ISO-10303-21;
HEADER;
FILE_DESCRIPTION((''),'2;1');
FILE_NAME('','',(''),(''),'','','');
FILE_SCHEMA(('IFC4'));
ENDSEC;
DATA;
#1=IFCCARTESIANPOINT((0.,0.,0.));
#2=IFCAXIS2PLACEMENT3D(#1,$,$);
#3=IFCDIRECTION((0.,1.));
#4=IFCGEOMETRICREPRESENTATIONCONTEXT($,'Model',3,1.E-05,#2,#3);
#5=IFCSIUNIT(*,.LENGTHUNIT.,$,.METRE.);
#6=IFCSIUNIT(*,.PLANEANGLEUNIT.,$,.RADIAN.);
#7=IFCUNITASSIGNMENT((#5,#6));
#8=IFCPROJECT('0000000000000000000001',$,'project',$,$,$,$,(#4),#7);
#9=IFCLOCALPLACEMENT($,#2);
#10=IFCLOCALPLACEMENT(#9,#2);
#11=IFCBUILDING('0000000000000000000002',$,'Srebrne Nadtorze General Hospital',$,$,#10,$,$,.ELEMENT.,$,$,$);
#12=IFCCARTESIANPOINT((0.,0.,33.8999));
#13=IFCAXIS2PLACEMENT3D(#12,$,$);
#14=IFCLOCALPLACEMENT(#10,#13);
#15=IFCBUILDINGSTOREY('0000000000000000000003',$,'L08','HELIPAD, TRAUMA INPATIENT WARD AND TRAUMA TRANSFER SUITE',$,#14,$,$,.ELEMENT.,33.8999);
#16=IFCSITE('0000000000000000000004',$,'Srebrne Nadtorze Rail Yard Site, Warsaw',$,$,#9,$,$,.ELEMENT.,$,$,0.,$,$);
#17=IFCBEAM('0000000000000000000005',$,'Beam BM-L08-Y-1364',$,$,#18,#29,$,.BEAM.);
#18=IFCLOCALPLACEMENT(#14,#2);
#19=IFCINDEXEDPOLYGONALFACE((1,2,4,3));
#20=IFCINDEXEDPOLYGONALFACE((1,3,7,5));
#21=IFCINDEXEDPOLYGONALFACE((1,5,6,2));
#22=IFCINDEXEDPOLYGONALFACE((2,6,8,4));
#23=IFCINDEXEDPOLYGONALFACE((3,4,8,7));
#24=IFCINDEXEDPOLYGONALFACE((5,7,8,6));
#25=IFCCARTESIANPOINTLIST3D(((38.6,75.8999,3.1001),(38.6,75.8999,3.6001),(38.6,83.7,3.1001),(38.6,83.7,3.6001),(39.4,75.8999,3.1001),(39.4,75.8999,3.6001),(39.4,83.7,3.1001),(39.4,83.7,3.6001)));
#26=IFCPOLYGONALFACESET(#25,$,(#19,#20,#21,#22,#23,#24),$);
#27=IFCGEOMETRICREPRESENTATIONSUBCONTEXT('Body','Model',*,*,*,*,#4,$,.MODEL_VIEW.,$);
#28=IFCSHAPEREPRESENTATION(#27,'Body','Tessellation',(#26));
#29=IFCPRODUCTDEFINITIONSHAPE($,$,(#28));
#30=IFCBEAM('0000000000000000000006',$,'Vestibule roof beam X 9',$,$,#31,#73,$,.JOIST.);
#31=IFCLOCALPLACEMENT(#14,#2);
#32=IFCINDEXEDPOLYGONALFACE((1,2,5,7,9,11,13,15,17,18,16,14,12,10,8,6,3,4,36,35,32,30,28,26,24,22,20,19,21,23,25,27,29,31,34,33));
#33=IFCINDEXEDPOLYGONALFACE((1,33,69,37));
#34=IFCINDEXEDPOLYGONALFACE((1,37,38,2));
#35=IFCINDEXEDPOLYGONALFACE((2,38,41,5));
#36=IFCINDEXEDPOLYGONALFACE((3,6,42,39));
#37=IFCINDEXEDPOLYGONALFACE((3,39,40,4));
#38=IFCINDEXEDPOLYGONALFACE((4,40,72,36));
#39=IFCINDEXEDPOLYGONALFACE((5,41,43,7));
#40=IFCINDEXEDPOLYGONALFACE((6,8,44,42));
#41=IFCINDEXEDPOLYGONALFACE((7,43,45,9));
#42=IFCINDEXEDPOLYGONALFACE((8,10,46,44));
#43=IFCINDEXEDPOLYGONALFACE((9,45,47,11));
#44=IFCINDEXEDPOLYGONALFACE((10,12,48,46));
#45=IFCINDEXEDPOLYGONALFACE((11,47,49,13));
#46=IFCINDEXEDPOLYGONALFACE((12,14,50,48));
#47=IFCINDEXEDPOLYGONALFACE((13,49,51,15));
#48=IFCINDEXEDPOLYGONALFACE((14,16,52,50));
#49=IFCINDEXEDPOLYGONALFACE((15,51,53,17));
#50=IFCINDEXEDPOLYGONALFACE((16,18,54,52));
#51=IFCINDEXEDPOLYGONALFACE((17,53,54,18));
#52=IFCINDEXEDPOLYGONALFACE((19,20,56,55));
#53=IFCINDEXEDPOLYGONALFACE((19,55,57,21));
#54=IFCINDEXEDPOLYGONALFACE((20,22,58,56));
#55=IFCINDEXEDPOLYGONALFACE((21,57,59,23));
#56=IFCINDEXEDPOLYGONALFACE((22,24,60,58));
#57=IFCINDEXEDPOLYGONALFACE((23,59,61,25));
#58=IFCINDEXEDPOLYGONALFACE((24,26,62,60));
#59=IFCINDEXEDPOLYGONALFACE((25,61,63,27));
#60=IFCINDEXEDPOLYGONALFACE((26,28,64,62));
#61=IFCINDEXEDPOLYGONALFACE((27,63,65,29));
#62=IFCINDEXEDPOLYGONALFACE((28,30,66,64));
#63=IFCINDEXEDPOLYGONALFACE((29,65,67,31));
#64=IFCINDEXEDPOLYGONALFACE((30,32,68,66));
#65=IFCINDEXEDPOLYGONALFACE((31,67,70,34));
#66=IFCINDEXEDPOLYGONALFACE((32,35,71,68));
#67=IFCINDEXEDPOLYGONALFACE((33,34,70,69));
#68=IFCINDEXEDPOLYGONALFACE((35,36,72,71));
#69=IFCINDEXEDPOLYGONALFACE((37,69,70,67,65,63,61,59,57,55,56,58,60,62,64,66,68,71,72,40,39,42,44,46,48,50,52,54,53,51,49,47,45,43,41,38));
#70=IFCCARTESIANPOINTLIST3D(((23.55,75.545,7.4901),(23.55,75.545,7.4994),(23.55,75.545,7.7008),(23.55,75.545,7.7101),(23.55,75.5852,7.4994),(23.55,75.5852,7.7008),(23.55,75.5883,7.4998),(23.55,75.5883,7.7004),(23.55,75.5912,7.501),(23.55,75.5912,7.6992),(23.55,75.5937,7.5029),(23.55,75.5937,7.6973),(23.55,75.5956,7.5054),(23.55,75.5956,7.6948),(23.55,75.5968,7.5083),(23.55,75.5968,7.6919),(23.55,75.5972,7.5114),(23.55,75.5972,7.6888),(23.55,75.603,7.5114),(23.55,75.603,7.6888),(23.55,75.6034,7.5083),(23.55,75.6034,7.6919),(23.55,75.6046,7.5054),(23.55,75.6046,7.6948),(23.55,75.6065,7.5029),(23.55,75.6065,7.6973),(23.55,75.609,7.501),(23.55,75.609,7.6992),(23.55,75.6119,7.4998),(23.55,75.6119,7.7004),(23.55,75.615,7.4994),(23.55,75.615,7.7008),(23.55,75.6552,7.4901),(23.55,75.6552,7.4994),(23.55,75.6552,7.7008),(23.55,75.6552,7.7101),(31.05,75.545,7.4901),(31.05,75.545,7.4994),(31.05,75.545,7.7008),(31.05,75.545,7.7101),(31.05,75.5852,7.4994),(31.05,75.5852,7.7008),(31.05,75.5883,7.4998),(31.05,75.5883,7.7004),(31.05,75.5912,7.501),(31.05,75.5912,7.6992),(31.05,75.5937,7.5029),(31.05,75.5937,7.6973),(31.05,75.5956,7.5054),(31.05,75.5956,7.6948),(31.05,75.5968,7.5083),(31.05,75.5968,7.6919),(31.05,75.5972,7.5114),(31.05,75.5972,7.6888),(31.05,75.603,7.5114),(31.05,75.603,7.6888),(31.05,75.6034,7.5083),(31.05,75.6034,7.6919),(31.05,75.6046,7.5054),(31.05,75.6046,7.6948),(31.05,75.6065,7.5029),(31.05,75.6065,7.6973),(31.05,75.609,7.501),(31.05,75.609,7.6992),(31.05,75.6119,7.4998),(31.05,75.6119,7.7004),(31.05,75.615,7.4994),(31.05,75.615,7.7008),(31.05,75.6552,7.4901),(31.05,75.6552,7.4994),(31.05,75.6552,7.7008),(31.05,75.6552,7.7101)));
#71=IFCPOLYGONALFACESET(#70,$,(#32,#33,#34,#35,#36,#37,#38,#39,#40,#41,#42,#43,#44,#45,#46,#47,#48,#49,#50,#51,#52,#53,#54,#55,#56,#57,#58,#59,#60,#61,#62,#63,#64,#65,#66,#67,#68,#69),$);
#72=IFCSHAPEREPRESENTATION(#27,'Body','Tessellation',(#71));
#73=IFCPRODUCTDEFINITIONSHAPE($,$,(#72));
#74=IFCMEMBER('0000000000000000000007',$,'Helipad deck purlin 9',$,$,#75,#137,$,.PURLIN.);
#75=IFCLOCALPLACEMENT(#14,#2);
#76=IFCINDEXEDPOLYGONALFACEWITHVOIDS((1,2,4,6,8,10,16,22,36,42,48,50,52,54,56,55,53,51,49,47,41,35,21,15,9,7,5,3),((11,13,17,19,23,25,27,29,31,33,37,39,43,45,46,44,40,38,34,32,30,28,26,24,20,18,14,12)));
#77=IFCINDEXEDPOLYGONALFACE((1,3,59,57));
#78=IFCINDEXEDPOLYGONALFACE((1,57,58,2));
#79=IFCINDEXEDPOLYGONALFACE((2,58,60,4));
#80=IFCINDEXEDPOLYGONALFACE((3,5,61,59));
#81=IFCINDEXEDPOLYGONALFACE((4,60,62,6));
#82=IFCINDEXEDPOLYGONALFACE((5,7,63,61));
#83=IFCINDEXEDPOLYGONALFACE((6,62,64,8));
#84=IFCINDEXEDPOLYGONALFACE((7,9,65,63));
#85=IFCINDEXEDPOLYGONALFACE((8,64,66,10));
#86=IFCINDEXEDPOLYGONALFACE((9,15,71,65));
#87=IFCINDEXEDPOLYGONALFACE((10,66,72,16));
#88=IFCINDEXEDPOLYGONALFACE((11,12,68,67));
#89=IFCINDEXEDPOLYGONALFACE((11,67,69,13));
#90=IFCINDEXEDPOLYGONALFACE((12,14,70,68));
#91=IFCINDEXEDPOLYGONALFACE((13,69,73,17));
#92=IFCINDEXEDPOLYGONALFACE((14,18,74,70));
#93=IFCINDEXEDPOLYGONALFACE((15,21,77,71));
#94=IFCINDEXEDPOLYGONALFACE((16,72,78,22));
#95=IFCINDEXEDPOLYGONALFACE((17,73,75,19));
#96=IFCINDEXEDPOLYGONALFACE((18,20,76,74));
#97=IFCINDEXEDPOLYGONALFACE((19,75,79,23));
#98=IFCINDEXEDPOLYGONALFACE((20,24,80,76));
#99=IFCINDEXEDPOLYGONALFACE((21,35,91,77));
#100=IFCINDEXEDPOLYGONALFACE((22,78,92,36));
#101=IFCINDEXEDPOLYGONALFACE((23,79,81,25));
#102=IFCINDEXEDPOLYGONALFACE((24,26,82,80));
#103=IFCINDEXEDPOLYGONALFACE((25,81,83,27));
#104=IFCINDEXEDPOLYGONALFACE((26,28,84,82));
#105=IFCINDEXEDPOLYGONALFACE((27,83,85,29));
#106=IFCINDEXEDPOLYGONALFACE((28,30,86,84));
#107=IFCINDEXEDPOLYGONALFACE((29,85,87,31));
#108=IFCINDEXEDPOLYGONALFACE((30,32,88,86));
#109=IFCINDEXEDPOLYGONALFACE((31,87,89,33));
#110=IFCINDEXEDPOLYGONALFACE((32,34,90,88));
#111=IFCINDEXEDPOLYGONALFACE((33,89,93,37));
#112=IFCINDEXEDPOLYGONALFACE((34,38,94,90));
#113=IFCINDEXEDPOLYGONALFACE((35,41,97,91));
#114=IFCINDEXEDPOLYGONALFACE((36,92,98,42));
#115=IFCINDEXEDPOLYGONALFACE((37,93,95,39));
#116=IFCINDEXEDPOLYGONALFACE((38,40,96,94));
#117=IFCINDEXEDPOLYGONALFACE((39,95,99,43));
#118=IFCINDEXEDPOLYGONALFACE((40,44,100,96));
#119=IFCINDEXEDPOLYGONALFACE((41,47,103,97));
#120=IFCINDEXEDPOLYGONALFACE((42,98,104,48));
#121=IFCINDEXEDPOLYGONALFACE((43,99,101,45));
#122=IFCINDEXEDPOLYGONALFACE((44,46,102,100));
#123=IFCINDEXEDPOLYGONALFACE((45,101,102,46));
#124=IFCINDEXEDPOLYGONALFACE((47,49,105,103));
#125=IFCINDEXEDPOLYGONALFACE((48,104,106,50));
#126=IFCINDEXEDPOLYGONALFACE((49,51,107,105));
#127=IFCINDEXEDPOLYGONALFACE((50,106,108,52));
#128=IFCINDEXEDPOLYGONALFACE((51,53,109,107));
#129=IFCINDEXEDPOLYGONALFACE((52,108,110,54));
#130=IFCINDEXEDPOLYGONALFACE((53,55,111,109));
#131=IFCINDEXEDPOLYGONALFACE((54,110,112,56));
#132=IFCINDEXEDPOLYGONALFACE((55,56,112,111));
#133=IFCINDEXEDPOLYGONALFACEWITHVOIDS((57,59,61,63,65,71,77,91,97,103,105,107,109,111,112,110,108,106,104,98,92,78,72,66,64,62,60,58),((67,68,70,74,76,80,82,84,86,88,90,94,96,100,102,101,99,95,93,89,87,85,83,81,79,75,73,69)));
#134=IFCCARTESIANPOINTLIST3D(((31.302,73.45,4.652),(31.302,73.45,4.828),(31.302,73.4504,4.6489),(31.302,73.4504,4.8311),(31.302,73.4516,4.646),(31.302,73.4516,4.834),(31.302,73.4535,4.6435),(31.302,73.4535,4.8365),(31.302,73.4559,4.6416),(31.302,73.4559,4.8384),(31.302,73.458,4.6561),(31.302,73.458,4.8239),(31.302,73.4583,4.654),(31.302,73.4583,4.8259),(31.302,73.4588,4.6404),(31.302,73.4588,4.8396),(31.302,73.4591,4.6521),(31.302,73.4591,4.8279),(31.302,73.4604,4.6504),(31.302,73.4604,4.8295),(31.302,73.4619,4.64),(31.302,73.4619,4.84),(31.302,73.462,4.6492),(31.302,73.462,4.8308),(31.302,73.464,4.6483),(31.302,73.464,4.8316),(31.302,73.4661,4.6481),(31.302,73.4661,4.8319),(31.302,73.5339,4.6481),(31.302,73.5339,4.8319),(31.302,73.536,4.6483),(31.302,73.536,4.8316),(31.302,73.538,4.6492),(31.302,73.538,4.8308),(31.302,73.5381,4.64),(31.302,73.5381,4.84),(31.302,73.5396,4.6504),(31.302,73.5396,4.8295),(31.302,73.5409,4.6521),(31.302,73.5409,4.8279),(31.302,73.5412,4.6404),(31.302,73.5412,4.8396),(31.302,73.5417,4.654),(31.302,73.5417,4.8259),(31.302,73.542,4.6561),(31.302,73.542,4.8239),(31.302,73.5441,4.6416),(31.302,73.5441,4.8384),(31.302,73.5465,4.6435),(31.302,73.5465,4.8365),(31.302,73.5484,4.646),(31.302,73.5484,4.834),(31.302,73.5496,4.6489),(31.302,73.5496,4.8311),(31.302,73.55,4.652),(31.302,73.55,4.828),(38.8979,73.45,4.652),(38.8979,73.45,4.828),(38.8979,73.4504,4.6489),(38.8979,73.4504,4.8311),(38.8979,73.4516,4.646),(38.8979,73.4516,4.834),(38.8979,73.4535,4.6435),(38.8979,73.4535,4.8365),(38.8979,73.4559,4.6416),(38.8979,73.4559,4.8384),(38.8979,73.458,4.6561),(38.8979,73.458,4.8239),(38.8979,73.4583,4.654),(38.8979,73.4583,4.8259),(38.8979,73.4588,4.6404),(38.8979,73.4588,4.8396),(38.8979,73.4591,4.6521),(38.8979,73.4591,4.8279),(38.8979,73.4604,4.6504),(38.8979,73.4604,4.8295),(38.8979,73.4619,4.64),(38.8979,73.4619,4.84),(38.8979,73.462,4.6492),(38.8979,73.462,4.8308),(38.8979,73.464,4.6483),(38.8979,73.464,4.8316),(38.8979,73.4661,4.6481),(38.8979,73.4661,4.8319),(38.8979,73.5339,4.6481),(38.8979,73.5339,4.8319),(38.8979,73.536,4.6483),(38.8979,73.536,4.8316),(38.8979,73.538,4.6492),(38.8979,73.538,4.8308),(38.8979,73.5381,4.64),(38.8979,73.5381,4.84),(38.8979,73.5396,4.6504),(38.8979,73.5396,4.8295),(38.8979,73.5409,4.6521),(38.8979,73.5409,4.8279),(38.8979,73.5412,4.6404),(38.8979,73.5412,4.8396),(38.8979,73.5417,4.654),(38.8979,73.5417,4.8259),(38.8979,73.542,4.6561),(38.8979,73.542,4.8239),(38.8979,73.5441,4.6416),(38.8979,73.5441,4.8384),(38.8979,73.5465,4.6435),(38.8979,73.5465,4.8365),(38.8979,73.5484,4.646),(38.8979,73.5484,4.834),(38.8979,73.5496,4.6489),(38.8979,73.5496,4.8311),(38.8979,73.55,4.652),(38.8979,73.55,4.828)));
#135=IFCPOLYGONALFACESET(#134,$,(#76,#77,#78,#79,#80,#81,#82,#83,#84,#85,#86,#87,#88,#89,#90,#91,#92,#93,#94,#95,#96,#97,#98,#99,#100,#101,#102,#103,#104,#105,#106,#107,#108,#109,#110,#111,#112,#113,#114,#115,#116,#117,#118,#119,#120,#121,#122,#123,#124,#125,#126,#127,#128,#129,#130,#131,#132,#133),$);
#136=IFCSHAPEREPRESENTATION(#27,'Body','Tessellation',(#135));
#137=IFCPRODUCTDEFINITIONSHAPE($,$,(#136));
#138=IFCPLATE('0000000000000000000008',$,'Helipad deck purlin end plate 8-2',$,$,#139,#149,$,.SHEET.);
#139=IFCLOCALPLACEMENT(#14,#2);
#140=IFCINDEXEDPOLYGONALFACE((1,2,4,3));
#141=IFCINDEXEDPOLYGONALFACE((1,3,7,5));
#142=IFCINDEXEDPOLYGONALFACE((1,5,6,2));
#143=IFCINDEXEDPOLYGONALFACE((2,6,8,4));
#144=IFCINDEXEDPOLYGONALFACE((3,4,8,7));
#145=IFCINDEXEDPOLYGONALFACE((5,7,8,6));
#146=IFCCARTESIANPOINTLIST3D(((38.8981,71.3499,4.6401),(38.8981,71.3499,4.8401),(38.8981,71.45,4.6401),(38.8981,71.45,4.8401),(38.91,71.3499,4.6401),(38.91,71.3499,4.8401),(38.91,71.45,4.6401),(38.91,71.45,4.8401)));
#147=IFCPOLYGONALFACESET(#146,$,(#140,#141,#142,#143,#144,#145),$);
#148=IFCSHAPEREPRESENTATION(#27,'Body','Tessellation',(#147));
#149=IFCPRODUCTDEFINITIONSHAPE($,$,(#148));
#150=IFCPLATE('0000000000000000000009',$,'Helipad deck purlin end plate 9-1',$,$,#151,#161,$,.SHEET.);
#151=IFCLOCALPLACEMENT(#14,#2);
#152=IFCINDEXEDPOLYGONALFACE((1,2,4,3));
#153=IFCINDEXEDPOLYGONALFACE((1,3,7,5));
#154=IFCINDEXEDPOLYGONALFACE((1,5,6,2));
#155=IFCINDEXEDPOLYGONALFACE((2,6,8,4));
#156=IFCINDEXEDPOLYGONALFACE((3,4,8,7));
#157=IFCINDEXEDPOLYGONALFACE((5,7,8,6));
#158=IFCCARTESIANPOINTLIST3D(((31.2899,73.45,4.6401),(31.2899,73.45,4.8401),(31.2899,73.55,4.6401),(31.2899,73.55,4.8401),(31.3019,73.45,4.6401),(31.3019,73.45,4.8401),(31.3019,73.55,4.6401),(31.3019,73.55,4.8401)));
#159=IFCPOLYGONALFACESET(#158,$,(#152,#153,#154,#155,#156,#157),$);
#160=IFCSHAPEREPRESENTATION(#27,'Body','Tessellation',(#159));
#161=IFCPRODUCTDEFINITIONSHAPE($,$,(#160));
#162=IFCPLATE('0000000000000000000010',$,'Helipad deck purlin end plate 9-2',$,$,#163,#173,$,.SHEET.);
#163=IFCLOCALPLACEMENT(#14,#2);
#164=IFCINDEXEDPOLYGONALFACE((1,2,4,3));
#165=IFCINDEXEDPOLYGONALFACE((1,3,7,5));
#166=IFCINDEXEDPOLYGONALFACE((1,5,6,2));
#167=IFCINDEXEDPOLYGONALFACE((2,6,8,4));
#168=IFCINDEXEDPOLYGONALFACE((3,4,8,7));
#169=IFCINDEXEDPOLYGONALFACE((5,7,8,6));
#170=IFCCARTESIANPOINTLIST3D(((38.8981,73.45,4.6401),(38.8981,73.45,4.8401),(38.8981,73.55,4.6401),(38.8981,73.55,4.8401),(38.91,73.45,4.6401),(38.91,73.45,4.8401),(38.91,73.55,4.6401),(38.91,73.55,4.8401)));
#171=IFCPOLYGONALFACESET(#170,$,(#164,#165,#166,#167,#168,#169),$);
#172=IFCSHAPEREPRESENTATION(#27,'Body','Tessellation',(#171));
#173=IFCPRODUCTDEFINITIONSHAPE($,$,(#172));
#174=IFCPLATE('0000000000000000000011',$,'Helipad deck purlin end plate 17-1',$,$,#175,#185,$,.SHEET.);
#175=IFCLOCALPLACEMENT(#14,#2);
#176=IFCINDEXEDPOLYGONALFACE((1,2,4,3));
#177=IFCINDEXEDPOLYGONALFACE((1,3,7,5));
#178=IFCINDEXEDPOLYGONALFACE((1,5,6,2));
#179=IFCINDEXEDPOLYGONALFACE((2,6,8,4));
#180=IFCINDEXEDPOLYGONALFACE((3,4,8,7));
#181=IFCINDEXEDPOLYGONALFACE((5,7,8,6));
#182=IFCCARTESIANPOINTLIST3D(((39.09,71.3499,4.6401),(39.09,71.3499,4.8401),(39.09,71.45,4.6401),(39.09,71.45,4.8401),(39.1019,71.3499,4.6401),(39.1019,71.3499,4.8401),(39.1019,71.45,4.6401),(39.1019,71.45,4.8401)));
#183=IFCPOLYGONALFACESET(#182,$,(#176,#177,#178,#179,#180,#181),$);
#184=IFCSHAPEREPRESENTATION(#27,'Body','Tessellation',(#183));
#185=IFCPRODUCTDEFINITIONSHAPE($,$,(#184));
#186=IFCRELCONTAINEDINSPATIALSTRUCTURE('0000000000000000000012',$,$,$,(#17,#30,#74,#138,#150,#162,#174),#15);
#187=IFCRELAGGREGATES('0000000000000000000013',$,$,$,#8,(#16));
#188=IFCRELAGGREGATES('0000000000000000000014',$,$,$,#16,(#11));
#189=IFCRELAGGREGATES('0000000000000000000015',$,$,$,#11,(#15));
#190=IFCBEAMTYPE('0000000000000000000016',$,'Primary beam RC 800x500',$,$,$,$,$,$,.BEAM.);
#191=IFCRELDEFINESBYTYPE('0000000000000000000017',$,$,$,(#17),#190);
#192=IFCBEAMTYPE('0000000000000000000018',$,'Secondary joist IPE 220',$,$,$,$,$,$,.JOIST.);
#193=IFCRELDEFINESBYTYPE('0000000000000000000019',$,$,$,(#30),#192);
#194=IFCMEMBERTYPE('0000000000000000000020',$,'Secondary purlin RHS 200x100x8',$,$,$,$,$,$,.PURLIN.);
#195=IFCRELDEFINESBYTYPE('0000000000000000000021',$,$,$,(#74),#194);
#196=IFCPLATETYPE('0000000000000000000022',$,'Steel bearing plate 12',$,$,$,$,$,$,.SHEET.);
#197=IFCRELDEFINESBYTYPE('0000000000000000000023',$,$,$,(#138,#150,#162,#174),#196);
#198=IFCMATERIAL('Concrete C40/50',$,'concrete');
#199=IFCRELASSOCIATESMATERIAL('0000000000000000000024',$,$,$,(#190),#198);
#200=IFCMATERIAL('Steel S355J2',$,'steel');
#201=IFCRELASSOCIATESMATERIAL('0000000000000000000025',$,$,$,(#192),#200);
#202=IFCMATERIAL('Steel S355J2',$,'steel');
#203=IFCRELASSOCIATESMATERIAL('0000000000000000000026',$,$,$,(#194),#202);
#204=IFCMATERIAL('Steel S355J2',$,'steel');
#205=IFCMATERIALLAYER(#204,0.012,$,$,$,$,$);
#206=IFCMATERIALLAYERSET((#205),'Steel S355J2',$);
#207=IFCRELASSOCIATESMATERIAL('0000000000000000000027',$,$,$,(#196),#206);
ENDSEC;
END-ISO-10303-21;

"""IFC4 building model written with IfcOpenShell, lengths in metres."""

from ifc_helpers import new_model, si_unit, direction, frame, origin, origin_2d, place, context, subcontext, project, spatial, rectangle, hollow_rectangle, i_section, extrude, material, layer, layer_set, material_profile, profile_set, type_object, element, save


model = new_model("IFC4")

# Units and contexts
model_context = context("Model", 3, precision=1e-05, world=origin(), true_north=direction((0.0, 1.0)))
body_context = subcontext(model_context, "Body", "Model", "MODEL_VIEW")
ifc_project = project(units=[si_unit("LENGTHUNIT", "METRE"), si_unit("PLANEANGLEUNIT", "RADIAN")], contexts=[model_context])

# Site, building, storey
site_placement = place(None, origin())
site = spatial("IfcSite", under=ifc_project, at=site_placement, Name="Srebrne Nadtorze Rail Yard Site, Warsaw", CompositionType="ELEMENT", RefElevation=0.0)
building_placement = place(site_placement, origin())
building = spatial("IfcBuilding", under=site, at=building_placement, Name="Srebrne Nadtorze General Hospital", CompositionType="ELEMENT")
storey_placement = place(building_placement, frame((0.0, 0.0, 33.8999)))
storey = spatial("IfcBuildingStorey", under=building, at=storey_placement, Name="L08", Description="HELIPAD, TRAUMA INPATIENT WARD AND TRAUMA TRANSFER SUITE", CompositionType="ELEMENT", Elevation=33.8999)

# Beams
ifc_material_1 = material(Name="Concrete C40/50", Category="concrete")
ifc_material_profile_1 = material_profile(ifc_material_1, rectangle(XDim=0.8, YDim=0.5, at=origin_2d()), Name="RC-BM-800x500")
ifc_profile_set_1 = profile_set([ifc_material_profile_1], Name="Concrete C40/50")
beam_type_1 = type_object("IfcBeamType", Name="Primary beam RC 800x500", PredefinedType="BEAM", material=ifc_profile_set_1)
beam_1_placement = place(storey_placement, frame((39.0, 75.8999, 3.3501), z_axis=(0.0, 1.0, 0.0), x_axis=(-1.0, 0.0, 0.0)))
element("IfcBeam", 1, at=beam_1_placement, inside=storey, type_object=beam_type_1, Name="Beam BM-L08-Y-1364", PredefinedType="BEAM", context=body_context, shape_type="SweptSolid", body=[
    extrude(rectangle(XDim=0.8, YDim=0.5, at=origin_2d()), origin(), (0.0, 0.0, 1.0), 7.8),
])
ifc_material_2 = material(Name="Steel S355J2", Category="steel")
ifc_material_profile_2 = material_profile(ifc_material_2, i_section(OverallWidth=0.1101, OverallDepth=0.22, WebThickness=0.0059, FlangeThickness=0.0093, FilletRadius=0.012, at=origin_2d()), Name="IPE-220")
ifc_profile_set_2 = profile_set([ifc_material_profile_2], Name="Steel S355J2")
beam_type_2 = type_object("IfcBeamType", Name="Secondary joist IPE 220", PredefinedType="JOIST", material=ifc_profile_set_2)
beam_2_placement = place(storey_placement, frame((23.55, 75.6001, 7.6001), z_axis=(1.0, 0.0, 0.0), x_axis=(0.0, 1.0, 0.0)))
element("IfcBeam", 2, at=beam_2_placement, inside=storey, type_object=beam_type_2, Name="Vestibule roof beam X 9", PredefinedType="JOIST", context=body_context, shape_type="SweptSolid", body=[
    extrude(i_section(OverallWidth=0.1101, OverallDepth=0.22, WebThickness=0.0059, FlangeThickness=0.0093, FilletRadius=0.012, at=origin_2d()), origin(), (0.0, 0.0, 1.0), 7.5),
])

# Member
ifc_material_3 = material(Name="Steel S355J2", Category="steel")
ifc_material_profile_3 = material_profile(ifc_material_3, hollow_rectangle(XDim=0.1001, YDim=0.2, WallThickness=0.0081, InnerFilletRadius=0.0081, OuterFilletRadius=0.012, at=origin_2d()), Name="RHS-200x100x8")
ifc_profile_set_3 = profile_set([ifc_material_profile_3], Name="Steel S355J2")
member_type = type_object("IfcMemberType", Name="Secondary purlin RHS 200x100x8", PredefinedType="PURLIN", material=ifc_profile_set_3)
member_placement = place(storey_placement, frame((31.302, 73.5, 4.74), z_axis=(1.0, 0.0, 0.0), x_axis=(0.0, 1.0, 0.0)))
element("IfcMember", 3, at=member_placement, inside=storey, type_object=member_type, Name="Helipad deck purlin 9", PredefinedType="PURLIN", context=body_context, shape_type="SweptSolid", body=[
    extrude(hollow_rectangle(XDim=0.1001, YDim=0.2, WallThickness=0.0081, InnerFilletRadius=0.0081, OuterFilletRadius=0.012, at=origin_2d()), origin(), (0.0, 0.0, 1.0), 7.5959),
])

# Plates
ifc_material_4 = material(Name="Steel S355J2", Category="steel")
ifc_layer_1 = layer(ifc_material_4, 0.012)
ifc_layer_set_1 = layer_set([ifc_layer_1], Name="Steel S355J2")
plate_type = type_object("IfcPlateType", Name="Steel bearing plate 12", PredefinedType="SHEET", material=ifc_layer_set_1)
for number, where, z_axis, x_axis, name in (
    (4, (38.9041, 71.3999, 4.6401), (0.0, 0.0, 1.0), (1.0, 0.0, 0.0), "Helipad deck purlin end plate 8-2"),
    (5, (31.2959, 73.5, 4.6401), (0.0, 0.0, 1.0), (1.0, 0.0, 0.0), "Helipad deck purlin end plate 9-1"),
    (6, (38.9041, 73.5, 4.6401), (0.0, 0.0, 1.0), (1.0, 0.0, 0.0), "Helipad deck purlin end plate 9-2"),
    (7, (39.0959, 71.3999, 4.6401), (0.0, 0.0, 1.0), (1.0, 0.0, 0.0), "Helipad deck purlin end plate 17-1"),
):
    element("IfcPlate", number, at=place(storey_placement, frame(where, z_axis=z_axis, x_axis=x_axis)), inside=storey, type_object=plate_type, Name=name, PredefinedType="SHEET", context=body_context, shape_type="SweptSolid", body=[
        extrude(rectangle(XDim=0.012, YDim=0.1001, at=origin_2d()), origin(), (0.0, 0.0, 1.0), 0.2),
    ])

save(model, "model.ifc")
